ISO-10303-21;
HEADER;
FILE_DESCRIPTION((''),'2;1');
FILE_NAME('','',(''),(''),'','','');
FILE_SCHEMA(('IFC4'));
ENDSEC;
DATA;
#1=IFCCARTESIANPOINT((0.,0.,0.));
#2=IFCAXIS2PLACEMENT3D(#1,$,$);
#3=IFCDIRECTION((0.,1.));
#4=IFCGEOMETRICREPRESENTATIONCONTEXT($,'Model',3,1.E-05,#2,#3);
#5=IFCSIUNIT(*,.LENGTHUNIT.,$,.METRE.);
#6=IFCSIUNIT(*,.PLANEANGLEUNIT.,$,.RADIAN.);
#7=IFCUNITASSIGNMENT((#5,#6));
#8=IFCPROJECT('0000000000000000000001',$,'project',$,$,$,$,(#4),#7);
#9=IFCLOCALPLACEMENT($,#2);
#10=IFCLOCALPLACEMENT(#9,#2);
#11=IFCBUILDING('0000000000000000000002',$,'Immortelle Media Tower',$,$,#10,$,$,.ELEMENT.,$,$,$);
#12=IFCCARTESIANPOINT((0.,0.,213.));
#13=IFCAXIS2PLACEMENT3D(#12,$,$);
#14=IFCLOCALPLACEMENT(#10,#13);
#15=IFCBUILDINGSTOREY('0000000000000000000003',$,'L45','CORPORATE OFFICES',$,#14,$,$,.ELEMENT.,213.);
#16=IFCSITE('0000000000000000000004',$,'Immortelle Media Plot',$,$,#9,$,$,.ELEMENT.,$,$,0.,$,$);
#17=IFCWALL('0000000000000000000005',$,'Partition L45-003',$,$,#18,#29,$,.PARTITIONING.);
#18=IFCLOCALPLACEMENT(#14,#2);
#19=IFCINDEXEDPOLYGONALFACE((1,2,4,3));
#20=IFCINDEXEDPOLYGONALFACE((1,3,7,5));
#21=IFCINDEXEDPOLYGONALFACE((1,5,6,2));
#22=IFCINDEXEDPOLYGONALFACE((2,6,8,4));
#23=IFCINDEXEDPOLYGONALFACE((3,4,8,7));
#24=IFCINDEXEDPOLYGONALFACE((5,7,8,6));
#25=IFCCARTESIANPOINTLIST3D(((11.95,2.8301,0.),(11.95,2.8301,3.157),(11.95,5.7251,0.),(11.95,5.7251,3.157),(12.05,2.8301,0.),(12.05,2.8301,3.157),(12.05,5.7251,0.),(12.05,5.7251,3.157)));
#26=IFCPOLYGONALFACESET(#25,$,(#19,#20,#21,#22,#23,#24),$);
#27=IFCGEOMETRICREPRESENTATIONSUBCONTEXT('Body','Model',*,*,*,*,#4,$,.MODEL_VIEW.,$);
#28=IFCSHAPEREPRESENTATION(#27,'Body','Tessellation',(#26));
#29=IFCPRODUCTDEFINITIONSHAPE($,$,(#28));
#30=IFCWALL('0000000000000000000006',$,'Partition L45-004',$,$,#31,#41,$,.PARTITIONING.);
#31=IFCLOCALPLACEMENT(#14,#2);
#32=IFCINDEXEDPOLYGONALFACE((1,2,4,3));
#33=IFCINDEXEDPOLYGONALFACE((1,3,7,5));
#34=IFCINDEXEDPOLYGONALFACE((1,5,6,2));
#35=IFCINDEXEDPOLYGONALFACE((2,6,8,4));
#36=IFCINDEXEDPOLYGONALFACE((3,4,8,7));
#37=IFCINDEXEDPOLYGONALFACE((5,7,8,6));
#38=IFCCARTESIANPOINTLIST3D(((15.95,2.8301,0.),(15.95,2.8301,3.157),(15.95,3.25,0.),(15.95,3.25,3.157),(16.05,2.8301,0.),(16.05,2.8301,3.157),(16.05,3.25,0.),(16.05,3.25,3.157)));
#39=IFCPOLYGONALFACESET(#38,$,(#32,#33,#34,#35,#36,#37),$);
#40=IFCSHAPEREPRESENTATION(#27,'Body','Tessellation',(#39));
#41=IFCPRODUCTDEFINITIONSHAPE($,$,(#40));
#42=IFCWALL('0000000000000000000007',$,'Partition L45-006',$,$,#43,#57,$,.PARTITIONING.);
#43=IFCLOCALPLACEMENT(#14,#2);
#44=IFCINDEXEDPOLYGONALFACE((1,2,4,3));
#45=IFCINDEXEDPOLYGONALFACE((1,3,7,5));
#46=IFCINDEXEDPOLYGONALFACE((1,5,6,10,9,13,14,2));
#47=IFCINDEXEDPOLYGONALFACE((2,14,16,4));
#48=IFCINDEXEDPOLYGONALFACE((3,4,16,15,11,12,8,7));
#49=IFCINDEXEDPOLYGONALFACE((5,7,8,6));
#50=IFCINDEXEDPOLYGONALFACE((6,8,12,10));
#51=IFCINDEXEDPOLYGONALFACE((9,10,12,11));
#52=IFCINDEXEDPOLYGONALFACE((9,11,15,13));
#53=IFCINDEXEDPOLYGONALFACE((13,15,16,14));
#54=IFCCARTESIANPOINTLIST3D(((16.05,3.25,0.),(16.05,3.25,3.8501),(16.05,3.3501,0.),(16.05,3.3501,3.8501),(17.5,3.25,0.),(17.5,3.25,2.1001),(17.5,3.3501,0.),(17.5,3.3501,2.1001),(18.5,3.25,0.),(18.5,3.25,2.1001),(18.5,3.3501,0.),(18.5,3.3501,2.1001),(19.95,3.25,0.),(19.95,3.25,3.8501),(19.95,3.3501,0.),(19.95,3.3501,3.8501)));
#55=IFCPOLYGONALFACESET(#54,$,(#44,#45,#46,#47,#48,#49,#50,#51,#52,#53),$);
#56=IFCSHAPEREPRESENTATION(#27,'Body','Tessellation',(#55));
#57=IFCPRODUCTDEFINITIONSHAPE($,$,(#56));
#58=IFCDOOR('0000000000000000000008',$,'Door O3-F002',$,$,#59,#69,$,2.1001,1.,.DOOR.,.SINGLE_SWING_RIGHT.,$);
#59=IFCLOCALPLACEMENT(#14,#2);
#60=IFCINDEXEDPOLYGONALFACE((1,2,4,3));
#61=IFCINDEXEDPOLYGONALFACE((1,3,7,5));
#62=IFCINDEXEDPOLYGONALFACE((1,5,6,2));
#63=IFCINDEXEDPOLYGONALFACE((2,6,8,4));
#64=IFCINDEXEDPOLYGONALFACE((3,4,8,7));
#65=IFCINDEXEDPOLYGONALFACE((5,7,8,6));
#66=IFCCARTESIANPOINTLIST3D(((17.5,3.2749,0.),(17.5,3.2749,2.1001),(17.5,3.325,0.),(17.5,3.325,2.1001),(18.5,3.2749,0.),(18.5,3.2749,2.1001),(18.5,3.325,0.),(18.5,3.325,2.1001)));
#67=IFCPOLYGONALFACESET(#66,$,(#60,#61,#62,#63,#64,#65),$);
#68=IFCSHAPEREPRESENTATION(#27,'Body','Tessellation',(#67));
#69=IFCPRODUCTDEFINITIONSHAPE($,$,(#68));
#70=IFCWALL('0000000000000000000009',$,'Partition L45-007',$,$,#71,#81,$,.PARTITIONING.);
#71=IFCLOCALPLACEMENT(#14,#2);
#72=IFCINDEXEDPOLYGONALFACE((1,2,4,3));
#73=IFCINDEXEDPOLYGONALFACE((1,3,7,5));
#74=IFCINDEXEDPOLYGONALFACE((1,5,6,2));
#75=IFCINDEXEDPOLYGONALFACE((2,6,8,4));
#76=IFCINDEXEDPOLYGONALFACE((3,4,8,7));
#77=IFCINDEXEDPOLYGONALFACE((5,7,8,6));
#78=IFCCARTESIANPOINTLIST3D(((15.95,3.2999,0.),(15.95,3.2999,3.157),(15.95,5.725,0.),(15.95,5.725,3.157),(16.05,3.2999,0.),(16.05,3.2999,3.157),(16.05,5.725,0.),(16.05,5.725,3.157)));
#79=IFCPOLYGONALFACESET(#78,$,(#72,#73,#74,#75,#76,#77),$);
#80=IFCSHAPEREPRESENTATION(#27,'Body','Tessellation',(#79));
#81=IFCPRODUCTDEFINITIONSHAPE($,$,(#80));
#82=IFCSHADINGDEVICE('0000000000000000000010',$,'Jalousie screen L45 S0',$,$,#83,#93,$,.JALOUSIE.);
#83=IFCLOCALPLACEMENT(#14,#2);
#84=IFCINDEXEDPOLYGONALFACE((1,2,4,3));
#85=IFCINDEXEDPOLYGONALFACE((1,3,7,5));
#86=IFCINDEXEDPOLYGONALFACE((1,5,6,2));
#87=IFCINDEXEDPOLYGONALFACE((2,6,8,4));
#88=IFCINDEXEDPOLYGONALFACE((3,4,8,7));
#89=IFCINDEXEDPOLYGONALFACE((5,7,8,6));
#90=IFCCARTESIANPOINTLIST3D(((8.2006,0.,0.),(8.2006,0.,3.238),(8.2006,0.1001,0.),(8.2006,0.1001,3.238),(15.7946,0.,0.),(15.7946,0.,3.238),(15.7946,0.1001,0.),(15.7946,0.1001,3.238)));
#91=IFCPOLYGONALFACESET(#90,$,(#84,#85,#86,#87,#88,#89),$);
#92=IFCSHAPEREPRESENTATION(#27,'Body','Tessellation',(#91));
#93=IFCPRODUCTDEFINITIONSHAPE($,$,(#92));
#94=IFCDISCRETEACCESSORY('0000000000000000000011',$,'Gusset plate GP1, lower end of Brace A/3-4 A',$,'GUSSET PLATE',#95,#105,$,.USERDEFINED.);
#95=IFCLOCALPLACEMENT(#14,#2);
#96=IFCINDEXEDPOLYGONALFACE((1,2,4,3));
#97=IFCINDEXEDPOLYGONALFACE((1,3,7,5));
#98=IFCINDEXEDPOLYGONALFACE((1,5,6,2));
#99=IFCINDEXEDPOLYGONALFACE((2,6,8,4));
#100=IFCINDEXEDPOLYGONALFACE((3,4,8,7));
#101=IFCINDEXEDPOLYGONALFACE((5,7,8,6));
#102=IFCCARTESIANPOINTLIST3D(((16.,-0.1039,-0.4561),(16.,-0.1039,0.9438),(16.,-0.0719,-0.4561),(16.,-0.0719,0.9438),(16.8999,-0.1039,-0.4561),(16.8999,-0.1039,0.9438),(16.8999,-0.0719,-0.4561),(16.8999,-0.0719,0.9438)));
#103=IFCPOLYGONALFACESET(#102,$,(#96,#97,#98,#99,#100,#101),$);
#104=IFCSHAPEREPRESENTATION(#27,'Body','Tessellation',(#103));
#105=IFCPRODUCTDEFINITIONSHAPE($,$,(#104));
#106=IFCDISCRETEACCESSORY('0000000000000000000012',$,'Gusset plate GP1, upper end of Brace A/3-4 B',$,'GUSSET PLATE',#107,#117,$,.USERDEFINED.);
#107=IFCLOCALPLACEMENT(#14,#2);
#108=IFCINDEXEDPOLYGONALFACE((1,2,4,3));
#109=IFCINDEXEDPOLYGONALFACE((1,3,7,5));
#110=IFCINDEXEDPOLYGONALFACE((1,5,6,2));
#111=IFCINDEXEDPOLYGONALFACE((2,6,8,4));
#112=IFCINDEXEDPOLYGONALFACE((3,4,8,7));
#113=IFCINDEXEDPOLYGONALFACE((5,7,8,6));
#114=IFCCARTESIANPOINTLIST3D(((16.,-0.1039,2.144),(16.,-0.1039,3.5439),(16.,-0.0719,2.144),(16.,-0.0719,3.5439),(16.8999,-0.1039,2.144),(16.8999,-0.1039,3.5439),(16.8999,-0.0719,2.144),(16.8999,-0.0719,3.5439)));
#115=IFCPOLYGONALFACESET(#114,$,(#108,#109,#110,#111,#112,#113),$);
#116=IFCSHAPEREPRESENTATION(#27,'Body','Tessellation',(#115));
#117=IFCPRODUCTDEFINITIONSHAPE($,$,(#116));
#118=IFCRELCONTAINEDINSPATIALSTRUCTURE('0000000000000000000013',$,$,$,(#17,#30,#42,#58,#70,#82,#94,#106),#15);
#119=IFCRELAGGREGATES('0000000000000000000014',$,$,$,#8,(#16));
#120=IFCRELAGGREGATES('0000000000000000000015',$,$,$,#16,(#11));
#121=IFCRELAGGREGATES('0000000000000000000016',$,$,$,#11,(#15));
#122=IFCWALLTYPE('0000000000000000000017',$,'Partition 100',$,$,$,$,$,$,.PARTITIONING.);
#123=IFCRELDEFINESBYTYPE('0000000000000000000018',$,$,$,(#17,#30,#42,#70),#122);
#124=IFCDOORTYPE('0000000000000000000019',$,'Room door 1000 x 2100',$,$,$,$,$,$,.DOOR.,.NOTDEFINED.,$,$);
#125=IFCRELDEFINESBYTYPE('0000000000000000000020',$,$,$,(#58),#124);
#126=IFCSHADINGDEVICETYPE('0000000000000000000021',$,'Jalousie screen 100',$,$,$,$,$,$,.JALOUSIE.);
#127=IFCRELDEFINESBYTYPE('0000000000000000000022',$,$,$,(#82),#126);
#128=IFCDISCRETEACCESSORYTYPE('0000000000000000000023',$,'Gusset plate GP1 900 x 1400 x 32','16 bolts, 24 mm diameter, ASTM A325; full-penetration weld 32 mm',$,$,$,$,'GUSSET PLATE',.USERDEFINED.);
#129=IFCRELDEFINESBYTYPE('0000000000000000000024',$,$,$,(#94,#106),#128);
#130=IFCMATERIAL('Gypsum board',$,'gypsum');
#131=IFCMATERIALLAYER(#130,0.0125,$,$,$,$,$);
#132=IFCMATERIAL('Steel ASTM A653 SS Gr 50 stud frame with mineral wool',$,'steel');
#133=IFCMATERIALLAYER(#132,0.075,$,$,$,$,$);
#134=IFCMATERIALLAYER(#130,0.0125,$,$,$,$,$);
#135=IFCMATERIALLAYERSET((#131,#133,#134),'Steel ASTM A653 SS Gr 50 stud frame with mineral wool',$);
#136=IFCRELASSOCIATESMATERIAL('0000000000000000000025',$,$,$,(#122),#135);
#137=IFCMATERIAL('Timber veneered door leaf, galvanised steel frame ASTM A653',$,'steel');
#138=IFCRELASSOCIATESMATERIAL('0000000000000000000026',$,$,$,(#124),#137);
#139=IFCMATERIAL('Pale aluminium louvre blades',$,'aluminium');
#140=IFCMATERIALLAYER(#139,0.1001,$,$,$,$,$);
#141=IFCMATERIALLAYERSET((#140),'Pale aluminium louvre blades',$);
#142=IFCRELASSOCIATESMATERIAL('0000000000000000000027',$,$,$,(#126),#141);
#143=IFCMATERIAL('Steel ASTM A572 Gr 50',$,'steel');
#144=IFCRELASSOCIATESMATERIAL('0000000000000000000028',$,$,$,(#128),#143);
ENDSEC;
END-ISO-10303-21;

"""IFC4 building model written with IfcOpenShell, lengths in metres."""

from ifc_helpers import new_model, si_unit, direction, frame, frame_2d, origin, origin_2d, place, context, subcontext, project, spatial, rectangle, extrude, material, layer, layer_set, material_profile, profile_set, type_object, element, fill, save


model = new_model("IFC4")

# Units and contexts
model_context = context("Model", 3, precision=1e-05, world=origin(), true_north=direction((0.0, 1.0)))
body_context = subcontext(model_context, "Body", "Model", "MODEL_VIEW")
ifc_project = project(units=[si_unit("LENGTHUNIT", "METRE"), si_unit("PLANEANGLEUNIT", "RADIAN")], contexts=[model_context])

# Site, building, storey
site_placement = place(None, origin())
site = spatial("IfcSite", under=ifc_project, at=site_placement, Name="Immortelle Media Plot", CompositionType="ELEMENT", RefElevation=0.0)
building_placement = place(site_placement, origin())
building = spatial("IfcBuilding", under=site, at=building_placement, Name="Immortelle Media Tower", CompositionType="ELEMENT")
storey_placement = place(building_placement, frame((0.0, 0.0, 213.0)))
storey = spatial("IfcBuildingStorey", under=building, at=storey_placement, Name="L45", Description="CORPORATE OFFICES", CompositionType="ELEMENT", Elevation=213.0)

# Shared definitions
ifc_material_1 = material(Name="Steel ASTM A653 SS Gr 50 stud frame with mineral wool", Category="steel")

# Walls
ifc_material_2 = material(Name="Gypsum board", Category="gypsum")
ifc_layer_1 = layer(ifc_material_2, 0.0125)
ifc_layer_2 = layer(ifc_material_1, 0.075)
ifc_layer_3 = layer(ifc_material_2, 0.0125)
ifc_layer_set_1 = layer_set([ifc_layer_1, ifc_layer_2, ifc_layer_3], Name="Steel ASTM A653 SS Gr 50 stud frame with mineral wool")
wall_type_1 = type_object("IfcWallType", Name="Partition 100", PredefinedType="PARTITIONING", material=ifc_layer_set_1)
wall_1_placement = place(storey_placement, frame((12.0, 2.8301, 0.0), z_axis=(0.0, 0.0, 1.0), x_axis=(0.0, 1.0, 0.0)))
element("IfcWall", 1, at=wall_1_placement, inside=storey, type_object=wall_type_1, Name="Partition L45-003", PredefinedType="PARTITIONING", context=body_context, shape_type="SweptSolid", body=[
    extrude(rectangle(XDim=2.895, YDim=0.1001, at=frame_2d((1.4475, 0.0))), origin(), (0.0, 0.0, 1.0), 3.157),
])
wall_2_placement = place(storey_placement, frame((16.0, 2.8301, 0.0), z_axis=(0.0, 0.0, 1.0), x_axis=(0.0, 1.0, 0.0)))
element("IfcWall", 2, at=wall_2_placement, inside=storey, type_object=wall_type_1, Name="Partition L45-004", PredefinedType="PARTITIONING", context=body_context, shape_type="SweptSolid", body=[
    extrude(rectangle(XDim=0.4199, YDim=0.1001, at=frame_2d((0.21, 0.0))), origin(), (0.0, 0.0, 1.0), 3.157),
])

# Wall, opening, door
wall_3_placement = place(storey_placement, frame((16.05, 3.3, 0.0), z_axis=(0.0, 0.0, 1.0), x_axis=(1.0, 0.0, 0.0)))
wall_3 = element("IfcWall", 3, at=wall_3_placement, inside=storey, type_object=wall_type_1, Name="Partition L45-006", PredefinedType="PARTITIONING", context=body_context, shape_type="SweptSolid", body=[
    extrude(rectangle(XDim=3.8999, YDim=0.1001, at=frame_2d((1.95, 0.0))), origin(), (0.0, 0.0, 1.0), 3.8501),
])
opening_1_placement = place(wall_3_placement, frame((1.45, 0.0, 0.0)))
opening_1 = element("IfcOpeningElement", 4, at=opening_1_placement, cuts=wall_3, PredefinedType="OPENING", context=body_context, shape_type="SweptSolid", body=[
    extrude(rectangle(XDim=1.0, YDim=2.1001, at=frame_2d((0.5, 1.05))), frame((0.0, 0.0601, 0.0), z_axis=(0.0, -1.0, 0.0), x_axis=(1.0, 0.0, 0.0)), (0.0, 0.0, 1.0), 0.1201),
])
ifc_material_3 = material(Name="Timber veneered door leaf, galvanised steel frame ASTM A653", Category="steel")
door_type_1 = type_object("IfcDoorType", Name="Room door 1000 x 2100", OperationType="NOTDEFINED", PredefinedType="DOOR", material=ifc_material_3)
door_1_placement = place(opening_1_placement, origin())
door_1 = element("IfcDoor", 5, at=door_1_placement, inside=storey, type_object=door_type_1, Name="Door O3-F002", OperationType="SINGLE_SWING_RIGHT", OverallHeight=2.1001, OverallWidth=1.0, PredefinedType="DOOR", context=body_context, shape_type="SweptSolid", body=[
    extrude(rectangle(XDim=1.0, YDim=2.1001, at=frame_2d((0.5, 1.05))), frame((0.0, 0.0249, 0.0), z_axis=(0.0, -1.0, 0.0), x_axis=(1.0, 0.0, 0.0)), (0.0, 0.0, 1.0), 0.05),
])
fill(opening_1, door_1)

# Wall
wall_4_placement = place(storey_placement, frame((16.0, 3.3, 0.0), z_axis=(0.0, 0.0, 1.0), x_axis=(0.0, 1.0, 0.0)))
element("IfcWall", 6, at=wall_4_placement, inside=storey, type_object=wall_type_1, Name="Partition L45-007", PredefinedType="PARTITIONING", context=body_context, shape_type="SweptSolid", body=[
    extrude(rectangle(XDim=2.425, YDim=0.1001, at=frame_2d((1.2124, 0.0))), origin(), (0.0, 0.0, 1.0), 3.157),
])

# Shading device
ifc_material_4 = material(Name="Pale aluminium louvre blades", Category="aluminium")
ifc_layer_4 = layer(ifc_material_4, 0.1001)
ifc_layer_set_2 = layer_set([ifc_layer_4], Name="Pale aluminium louvre blades")
shading_device_type = type_object("IfcShadingDeviceType", Name="Jalousie screen 100", PredefinedType="JALOUSIE", material=ifc_layer_set_2)
shading_device_placement = place(storey_placement, frame((11.9976, 0.05, 0.0), z_axis=(0.0, 0.0, 1.0), x_axis=(1.0, 0.0, 0.0)))
element("IfcShadingDevice", 7, at=shading_device_placement, inside=storey, type_object=shading_device_type, Name="Jalousie screen L45 S0", PredefinedType="JALOUSIE", context=body_context, shape_type="SweptSolid", body=[
    extrude(rectangle(XDim=7.594, YDim=0.1001, at=origin_2d()), origin(), (0.0, 0.0, 1.0), 3.238),
])

# Discrete accessories
ifc_material_5 = material(Name="Steel ASTM A572 Gr 50", Category="steel")
ifc_material_profile_1 = material_profile(ifc_material_5, rectangle(XDim=0.032, YDim=1.3999, at=origin_2d()), Name="PL 32 x 1400")
ifc_profile_set_1 = profile_set([ifc_material_profile_1], Name="Steel ASTM A572 Gr 50")
discrete_accessory_type = type_object("IfcDiscreteAccessoryType", Name="Gusset plate GP1 900 x 1400 x 32", Description="16 bolts, 24 mm diameter, ASTM A325; full-penetration weld 32 mm", ElementType="GUSSET PLATE", PredefinedType="USERDEFINED", material=ifc_profile_set_1)
for number, where, z_axis, x_axis, name in (
    (8, (16.0, -0.0879, 0.2439), (1.0, 0.0, 0.0), (0.0, 1.0, 0.0), "Gusset plate GP1, lower end of Brace A/3-4 A"),
    (9, (16.0, -0.0879, 2.844), (1.0, 0.0, 0.0), (0.0, 1.0, 0.0), "Gusset plate GP1, upper end of Brace A/3-4 B"),
):
    element("IfcDiscreteAccessory", number, at=place(storey_placement, frame(where, z_axis=z_axis, x_axis=x_axis)), inside=storey, type_object=discrete_accessory_type, Name=name, ObjectType="GUSSET PLATE", PredefinedType="USERDEFINED", context=body_context, shape_type="SweptSolid", body=[
        extrude(rectangle(XDim=0.032, YDim=1.3999, at=origin_2d()), origin(), (0.0, 0.0, 1.0), 0.8999),
    ])

save(model, "model.ifc")
